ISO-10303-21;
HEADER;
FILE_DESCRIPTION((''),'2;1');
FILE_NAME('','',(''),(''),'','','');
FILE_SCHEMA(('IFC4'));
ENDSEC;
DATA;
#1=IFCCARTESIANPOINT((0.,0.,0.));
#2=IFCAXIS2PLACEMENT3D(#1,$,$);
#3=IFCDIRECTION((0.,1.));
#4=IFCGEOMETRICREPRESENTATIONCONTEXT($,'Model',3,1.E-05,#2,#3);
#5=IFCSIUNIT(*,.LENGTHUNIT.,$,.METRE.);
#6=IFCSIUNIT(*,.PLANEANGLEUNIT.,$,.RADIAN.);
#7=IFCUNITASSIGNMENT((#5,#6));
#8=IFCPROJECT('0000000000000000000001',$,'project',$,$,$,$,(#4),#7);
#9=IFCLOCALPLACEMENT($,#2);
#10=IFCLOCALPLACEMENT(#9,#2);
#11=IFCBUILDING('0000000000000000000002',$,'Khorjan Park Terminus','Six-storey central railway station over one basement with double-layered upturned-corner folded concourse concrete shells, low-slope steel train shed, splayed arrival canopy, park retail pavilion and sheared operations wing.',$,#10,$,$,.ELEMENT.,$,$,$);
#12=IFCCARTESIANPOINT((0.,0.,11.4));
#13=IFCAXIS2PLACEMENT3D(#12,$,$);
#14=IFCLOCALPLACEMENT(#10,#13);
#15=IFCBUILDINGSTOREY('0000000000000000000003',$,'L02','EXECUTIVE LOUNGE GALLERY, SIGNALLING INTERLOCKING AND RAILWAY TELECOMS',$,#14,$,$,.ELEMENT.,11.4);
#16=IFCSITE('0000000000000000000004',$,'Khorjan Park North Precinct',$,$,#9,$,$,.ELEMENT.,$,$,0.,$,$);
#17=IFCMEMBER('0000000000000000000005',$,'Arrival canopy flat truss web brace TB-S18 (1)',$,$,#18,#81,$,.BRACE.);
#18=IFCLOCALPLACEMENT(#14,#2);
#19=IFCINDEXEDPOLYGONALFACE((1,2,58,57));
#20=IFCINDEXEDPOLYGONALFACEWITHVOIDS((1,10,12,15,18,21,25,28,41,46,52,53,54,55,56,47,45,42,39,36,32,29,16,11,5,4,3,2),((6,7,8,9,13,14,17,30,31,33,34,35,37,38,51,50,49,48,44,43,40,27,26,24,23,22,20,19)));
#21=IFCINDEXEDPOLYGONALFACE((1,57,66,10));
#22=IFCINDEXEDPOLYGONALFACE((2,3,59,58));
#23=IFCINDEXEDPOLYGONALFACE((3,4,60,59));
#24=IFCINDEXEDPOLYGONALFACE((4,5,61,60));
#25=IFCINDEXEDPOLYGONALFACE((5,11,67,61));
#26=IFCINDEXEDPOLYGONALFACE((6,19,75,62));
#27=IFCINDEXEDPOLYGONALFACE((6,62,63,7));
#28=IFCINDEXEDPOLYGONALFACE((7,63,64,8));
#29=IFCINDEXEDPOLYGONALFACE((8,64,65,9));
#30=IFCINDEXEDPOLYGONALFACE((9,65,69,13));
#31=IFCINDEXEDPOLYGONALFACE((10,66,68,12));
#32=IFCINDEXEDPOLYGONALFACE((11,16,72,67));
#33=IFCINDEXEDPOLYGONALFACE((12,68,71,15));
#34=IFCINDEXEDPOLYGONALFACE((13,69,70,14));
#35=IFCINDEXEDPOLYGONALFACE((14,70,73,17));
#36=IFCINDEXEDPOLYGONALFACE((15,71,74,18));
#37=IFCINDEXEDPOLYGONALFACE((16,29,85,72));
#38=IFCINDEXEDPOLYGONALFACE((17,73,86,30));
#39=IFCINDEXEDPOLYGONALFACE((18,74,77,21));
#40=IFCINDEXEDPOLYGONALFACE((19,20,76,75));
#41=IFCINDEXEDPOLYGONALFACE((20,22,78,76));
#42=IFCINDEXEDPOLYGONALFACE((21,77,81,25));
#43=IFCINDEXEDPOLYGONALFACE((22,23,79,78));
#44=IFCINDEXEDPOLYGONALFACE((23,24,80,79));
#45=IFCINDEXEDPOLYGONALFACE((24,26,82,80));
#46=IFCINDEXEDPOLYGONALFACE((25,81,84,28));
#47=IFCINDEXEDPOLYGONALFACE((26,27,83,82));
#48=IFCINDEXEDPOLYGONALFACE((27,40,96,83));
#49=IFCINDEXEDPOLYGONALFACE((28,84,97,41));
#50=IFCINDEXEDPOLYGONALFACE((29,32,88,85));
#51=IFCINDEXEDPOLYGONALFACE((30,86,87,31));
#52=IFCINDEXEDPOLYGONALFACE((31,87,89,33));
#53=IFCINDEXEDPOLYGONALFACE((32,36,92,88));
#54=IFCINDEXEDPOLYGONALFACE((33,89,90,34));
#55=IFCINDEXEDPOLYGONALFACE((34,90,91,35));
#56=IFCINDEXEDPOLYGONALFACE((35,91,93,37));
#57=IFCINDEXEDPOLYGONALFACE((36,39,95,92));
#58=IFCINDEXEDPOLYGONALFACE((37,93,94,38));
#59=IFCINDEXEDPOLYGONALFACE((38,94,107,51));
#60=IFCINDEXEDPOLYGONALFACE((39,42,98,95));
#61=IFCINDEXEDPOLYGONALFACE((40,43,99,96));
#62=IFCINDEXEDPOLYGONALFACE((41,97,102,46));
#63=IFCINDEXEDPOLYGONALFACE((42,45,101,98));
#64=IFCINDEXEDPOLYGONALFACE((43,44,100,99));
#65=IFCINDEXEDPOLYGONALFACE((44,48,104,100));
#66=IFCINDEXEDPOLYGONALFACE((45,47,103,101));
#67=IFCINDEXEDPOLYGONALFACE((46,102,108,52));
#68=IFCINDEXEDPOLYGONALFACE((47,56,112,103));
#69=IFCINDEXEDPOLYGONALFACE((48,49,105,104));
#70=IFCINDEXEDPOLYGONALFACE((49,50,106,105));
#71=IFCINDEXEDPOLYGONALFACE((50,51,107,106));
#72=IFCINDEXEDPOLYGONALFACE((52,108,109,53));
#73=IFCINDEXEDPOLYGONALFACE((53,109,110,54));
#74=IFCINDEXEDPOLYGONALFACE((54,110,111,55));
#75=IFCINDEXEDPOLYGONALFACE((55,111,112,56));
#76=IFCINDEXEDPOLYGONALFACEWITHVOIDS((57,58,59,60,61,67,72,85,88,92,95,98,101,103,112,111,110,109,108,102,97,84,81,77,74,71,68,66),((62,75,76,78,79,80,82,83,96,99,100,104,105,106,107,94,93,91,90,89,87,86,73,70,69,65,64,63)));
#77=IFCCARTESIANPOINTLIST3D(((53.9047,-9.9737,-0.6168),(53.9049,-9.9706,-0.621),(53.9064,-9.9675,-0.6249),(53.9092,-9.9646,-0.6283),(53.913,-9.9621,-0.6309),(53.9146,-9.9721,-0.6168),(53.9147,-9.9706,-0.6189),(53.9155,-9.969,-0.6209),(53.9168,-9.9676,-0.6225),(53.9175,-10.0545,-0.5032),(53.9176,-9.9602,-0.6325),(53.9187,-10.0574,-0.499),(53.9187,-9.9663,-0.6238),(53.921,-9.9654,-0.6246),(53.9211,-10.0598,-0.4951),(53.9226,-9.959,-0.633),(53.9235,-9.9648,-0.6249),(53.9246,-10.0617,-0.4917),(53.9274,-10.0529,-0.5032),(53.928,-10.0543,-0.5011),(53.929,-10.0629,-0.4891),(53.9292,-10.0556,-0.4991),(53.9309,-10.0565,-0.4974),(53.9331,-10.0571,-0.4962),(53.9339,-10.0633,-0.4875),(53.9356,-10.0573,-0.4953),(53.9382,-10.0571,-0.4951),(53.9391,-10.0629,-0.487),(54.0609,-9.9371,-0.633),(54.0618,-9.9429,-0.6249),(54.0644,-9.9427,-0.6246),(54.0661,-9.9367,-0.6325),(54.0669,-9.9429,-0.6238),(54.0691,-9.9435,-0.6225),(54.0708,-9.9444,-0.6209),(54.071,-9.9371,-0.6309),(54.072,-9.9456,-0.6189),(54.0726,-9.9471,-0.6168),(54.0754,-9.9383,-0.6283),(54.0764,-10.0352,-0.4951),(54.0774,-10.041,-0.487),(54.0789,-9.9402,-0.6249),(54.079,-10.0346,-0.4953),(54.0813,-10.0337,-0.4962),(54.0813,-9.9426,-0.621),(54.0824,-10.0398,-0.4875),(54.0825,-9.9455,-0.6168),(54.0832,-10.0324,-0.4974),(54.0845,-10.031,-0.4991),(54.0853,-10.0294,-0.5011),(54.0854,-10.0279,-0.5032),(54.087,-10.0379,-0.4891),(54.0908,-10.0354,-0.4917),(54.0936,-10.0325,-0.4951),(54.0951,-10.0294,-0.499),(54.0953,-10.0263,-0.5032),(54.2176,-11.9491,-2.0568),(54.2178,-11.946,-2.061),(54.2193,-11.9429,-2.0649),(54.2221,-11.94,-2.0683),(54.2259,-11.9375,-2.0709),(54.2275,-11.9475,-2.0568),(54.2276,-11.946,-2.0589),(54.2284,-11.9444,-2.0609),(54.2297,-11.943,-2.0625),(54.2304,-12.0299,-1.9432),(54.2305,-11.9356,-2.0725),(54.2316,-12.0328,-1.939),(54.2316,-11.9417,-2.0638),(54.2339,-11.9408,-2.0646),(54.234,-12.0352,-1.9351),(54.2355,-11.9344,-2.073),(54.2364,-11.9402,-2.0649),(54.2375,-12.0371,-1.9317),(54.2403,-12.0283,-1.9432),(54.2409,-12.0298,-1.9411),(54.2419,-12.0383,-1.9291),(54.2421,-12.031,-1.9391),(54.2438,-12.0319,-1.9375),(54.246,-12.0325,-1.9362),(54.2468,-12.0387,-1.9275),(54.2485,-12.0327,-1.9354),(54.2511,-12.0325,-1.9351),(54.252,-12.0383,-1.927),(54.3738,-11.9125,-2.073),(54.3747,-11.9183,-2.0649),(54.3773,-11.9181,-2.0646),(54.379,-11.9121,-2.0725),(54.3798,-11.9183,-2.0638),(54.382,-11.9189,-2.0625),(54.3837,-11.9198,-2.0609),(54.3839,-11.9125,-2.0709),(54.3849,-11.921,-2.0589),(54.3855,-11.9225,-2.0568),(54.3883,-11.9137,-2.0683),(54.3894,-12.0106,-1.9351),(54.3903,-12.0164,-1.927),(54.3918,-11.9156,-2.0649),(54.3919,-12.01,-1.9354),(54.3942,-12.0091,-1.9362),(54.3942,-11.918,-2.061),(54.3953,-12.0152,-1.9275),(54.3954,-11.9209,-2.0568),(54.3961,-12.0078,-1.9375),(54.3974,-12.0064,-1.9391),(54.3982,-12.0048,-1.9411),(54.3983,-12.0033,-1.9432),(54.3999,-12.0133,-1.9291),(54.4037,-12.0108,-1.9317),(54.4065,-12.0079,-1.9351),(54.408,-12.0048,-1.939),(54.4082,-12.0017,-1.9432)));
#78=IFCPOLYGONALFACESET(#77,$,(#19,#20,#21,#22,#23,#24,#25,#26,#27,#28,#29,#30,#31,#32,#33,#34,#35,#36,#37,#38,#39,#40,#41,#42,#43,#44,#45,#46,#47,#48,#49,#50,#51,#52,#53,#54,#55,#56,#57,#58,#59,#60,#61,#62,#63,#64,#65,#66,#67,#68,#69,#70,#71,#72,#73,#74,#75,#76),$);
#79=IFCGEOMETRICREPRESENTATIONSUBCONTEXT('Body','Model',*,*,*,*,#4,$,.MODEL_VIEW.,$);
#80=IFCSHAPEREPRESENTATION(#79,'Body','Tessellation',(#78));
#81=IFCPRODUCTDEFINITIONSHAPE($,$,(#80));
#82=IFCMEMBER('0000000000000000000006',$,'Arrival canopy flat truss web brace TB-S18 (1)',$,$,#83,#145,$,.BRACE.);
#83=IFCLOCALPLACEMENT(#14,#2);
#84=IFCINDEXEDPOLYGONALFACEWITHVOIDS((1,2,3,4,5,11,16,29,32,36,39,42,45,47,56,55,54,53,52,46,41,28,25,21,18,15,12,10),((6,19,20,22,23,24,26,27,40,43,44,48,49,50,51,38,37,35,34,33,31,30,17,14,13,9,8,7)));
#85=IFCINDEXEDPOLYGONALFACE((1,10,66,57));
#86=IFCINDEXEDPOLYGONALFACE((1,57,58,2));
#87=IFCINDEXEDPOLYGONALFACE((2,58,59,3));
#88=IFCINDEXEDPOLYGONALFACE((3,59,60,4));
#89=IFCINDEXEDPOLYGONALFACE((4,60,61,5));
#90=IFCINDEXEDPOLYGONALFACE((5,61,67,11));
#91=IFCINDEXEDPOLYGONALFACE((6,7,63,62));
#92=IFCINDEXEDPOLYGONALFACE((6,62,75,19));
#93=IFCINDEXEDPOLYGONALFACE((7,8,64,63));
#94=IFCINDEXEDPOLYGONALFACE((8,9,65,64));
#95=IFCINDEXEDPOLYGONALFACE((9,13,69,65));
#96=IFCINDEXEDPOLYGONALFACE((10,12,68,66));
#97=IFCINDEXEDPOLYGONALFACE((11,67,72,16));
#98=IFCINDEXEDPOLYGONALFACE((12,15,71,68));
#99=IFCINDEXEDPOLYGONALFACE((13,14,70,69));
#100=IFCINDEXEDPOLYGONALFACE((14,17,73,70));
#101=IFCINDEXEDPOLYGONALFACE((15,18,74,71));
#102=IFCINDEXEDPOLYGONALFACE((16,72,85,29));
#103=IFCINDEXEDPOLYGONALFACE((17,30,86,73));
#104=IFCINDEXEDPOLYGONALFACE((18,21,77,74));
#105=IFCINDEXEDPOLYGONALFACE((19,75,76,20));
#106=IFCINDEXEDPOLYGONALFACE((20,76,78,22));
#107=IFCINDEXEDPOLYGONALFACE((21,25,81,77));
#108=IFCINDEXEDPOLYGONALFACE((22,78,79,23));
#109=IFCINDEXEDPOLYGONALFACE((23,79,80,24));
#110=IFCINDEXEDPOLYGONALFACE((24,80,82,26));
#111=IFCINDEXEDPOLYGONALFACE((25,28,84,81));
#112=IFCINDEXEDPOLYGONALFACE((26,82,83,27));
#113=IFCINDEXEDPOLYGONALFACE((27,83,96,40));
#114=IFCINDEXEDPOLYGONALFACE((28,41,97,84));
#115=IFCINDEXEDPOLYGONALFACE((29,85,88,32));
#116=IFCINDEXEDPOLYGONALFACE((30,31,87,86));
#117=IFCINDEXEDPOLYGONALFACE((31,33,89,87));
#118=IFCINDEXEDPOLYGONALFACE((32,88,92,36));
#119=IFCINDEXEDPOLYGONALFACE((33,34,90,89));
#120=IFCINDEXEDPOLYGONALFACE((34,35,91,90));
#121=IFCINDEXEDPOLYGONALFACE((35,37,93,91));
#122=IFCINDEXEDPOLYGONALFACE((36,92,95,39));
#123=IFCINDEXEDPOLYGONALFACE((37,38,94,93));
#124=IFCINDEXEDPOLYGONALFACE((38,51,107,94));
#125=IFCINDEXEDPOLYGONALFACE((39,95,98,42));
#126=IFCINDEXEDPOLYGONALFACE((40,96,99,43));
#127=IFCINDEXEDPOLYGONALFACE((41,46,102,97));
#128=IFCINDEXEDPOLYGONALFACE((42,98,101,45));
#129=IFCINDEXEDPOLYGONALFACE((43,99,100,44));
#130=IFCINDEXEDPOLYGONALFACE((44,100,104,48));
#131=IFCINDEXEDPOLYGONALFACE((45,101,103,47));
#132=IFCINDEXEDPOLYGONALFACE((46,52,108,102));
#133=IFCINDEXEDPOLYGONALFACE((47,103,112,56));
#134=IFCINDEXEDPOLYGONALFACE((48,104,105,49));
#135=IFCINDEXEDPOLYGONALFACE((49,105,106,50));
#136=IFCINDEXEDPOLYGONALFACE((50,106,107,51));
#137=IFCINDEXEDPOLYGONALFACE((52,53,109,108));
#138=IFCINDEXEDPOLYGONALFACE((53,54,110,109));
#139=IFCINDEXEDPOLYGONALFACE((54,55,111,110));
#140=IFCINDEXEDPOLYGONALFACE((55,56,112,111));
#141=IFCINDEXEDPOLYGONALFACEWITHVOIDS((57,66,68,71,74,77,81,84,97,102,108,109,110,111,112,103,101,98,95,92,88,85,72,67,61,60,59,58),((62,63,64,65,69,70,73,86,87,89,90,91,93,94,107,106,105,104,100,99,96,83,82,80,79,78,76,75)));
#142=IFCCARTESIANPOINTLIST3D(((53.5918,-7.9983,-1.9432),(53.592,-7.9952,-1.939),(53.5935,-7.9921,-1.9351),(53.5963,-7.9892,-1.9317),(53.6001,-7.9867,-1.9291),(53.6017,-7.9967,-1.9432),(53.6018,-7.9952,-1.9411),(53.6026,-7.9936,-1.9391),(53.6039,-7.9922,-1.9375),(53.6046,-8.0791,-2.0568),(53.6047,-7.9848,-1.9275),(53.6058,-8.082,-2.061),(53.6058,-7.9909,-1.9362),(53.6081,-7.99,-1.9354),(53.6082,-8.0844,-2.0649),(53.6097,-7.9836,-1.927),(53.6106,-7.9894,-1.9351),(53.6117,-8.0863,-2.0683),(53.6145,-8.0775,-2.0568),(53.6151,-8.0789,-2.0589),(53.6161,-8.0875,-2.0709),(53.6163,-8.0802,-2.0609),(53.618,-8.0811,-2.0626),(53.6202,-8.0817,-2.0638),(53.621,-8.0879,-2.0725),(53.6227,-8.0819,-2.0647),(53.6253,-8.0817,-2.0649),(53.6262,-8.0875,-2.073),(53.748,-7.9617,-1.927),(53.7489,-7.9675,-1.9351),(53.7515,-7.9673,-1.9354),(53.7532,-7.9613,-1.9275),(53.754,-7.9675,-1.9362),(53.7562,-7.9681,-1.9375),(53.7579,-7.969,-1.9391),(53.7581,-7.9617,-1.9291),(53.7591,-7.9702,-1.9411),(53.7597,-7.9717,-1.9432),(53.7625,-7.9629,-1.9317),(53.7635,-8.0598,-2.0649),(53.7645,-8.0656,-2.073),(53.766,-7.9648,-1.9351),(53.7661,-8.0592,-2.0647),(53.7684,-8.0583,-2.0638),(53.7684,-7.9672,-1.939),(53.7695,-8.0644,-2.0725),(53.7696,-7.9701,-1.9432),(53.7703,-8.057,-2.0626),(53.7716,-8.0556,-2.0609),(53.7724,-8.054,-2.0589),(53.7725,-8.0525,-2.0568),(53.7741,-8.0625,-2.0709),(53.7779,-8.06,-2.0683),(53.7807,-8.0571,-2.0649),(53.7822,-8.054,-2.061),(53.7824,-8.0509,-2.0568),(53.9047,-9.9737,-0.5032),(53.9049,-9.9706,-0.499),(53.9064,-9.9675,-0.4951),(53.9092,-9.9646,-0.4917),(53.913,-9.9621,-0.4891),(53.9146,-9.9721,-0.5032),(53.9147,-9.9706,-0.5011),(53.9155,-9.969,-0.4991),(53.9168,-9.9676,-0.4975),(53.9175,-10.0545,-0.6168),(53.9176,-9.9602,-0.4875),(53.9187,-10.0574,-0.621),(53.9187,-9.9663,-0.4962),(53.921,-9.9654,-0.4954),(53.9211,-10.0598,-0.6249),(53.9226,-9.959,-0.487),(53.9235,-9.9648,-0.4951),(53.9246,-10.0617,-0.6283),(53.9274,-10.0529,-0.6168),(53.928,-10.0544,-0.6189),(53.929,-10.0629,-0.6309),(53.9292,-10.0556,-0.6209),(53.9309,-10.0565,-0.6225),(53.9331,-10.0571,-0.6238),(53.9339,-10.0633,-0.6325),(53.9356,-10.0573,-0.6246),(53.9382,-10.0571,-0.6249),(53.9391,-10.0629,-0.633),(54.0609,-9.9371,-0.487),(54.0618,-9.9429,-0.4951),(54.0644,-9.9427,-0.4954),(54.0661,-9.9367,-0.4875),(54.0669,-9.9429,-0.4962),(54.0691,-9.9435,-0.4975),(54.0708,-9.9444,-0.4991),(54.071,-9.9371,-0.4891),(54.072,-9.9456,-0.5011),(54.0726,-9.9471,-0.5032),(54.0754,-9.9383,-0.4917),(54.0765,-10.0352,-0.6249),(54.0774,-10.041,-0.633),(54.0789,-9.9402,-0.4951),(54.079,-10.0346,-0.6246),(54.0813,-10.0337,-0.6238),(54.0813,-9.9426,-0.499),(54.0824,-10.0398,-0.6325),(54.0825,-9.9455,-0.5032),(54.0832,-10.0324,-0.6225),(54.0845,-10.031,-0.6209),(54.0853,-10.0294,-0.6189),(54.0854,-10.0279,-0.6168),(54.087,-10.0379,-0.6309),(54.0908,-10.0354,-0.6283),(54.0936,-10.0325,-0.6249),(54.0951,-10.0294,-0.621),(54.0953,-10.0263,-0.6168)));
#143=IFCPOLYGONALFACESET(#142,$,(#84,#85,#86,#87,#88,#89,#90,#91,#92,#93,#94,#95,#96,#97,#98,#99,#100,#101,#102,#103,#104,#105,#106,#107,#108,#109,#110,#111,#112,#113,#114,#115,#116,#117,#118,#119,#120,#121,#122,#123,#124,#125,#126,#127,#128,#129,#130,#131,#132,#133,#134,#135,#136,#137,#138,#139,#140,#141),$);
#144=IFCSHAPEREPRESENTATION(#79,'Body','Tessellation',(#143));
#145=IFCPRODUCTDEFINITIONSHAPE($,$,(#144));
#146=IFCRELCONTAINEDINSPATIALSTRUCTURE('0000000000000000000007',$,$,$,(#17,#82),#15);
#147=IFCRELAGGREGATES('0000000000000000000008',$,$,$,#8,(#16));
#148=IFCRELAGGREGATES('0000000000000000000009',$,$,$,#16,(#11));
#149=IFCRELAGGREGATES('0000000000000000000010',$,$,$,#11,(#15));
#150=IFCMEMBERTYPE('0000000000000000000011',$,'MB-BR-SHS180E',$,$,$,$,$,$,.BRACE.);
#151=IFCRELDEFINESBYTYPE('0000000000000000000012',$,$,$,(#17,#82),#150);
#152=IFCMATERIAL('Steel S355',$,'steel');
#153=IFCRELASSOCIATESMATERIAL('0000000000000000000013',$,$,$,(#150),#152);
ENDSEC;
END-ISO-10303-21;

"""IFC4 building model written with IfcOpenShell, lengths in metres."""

from ifc_helpers import new_model, si_unit, direction, frame, origin, origin_2d, place, context, subcontext, project, spatial, hollow_rectangle, extrude, material, material_profile, profile_set, type_object, element, save


model = new_model("IFC4")

# Units and contexts
model_context = context("Model", 3, precision=1e-05, world=origin(), true_north=direction((0.0, 1.0)))
body_context = subcontext(model_context, "Body", "Model", "MODEL_VIEW")
ifc_project = project(units=[si_unit("LENGTHUNIT", "METRE"), si_unit("PLANEANGLEUNIT", "RADIAN")], contexts=[model_context])

# Site, building, storey
site_placement = place(None, origin())
site = spatial("IfcSite", under=ifc_project, at=site_placement, Name="Khorjan Park North Precinct", CompositionType="ELEMENT", RefElevation=0.0)
building_placement = place(site_placement, origin())
building = spatial("IfcBuilding", under=site, at=building_placement, Name="Khorjan Park Terminus", Description="Six-storey central railway station over one basement with double-layered upturned-corner folded concourse concrete shells, low-slope steel train shed, splayed arrival canopy, park retail pavilion and sheared operations wing.", CompositionType="ELEMENT")
storey_placement = place(building_placement, frame((0.0, 0.0, 11.4)))
storey = spatial("IfcBuildingStorey", under=building, at=storey_placement, Name="L02", Description="EXECUTIVE LOUNGE GALLERY, SIGNALLING INTERLOCKING AND RAILWAY TELECOMS", CompositionType="ELEMENT", Elevation=11.4)

# Members
ifc_material_1 = material(Name="Steel S355", Category="steel")
ifc_material_profile_1 = material_profile(ifc_material_1, hollow_rectangle(XDim=0.18, YDim=0.18, WallThickness=0.01, InnerFilletRadius=0.01, OuterFilletRadius=0.02, at=origin_2d()), Name="SHS 180x180x10")
ifc_profile_set_1 = profile_set([ifc_material_profile_1], Name="Steel S355")
member_type_1 = type_object("IfcMemberType", Name="MB-BR-SHS180E", PredefinedType="BRACE", material=ifc_profile_set_1)
for number, where, z_axis, x_axis, name in (
    (1, (54.3129, -11.9754, -2.0), (-0.126963, 0.801545, 0.584299), (-0.987686, -0.156448, 0.0), "Arrival canopy flat truss web brace TB-S18 (1)"),
    (2, (54.0, -10.0, -0.56), (-0.126963, 0.801545, -0.584299), (-0.987686, -0.156448, 0.0), "Arrival canopy flat truss web brace TB-S18 (1)"),
):
    element("IfcMember", number, at=place(storey_placement, frame(where, z_axis=z_axis, x_axis=x_axis)), inside=storey, type_object=member_type_1, Name=name, PredefinedType="BRACE", context=body_context, shape_type="SweptSolid", body=[
        extrude(hollow_rectangle(XDim=0.18, YDim=0.18, WallThickness=0.01, InnerFilletRadius=0.01, OuterFilletRadius=0.02, at=origin_2d()), origin(), (0.0, 0.0, 1.0), 2.4645),
    ])

save(model, "model.ifc")
